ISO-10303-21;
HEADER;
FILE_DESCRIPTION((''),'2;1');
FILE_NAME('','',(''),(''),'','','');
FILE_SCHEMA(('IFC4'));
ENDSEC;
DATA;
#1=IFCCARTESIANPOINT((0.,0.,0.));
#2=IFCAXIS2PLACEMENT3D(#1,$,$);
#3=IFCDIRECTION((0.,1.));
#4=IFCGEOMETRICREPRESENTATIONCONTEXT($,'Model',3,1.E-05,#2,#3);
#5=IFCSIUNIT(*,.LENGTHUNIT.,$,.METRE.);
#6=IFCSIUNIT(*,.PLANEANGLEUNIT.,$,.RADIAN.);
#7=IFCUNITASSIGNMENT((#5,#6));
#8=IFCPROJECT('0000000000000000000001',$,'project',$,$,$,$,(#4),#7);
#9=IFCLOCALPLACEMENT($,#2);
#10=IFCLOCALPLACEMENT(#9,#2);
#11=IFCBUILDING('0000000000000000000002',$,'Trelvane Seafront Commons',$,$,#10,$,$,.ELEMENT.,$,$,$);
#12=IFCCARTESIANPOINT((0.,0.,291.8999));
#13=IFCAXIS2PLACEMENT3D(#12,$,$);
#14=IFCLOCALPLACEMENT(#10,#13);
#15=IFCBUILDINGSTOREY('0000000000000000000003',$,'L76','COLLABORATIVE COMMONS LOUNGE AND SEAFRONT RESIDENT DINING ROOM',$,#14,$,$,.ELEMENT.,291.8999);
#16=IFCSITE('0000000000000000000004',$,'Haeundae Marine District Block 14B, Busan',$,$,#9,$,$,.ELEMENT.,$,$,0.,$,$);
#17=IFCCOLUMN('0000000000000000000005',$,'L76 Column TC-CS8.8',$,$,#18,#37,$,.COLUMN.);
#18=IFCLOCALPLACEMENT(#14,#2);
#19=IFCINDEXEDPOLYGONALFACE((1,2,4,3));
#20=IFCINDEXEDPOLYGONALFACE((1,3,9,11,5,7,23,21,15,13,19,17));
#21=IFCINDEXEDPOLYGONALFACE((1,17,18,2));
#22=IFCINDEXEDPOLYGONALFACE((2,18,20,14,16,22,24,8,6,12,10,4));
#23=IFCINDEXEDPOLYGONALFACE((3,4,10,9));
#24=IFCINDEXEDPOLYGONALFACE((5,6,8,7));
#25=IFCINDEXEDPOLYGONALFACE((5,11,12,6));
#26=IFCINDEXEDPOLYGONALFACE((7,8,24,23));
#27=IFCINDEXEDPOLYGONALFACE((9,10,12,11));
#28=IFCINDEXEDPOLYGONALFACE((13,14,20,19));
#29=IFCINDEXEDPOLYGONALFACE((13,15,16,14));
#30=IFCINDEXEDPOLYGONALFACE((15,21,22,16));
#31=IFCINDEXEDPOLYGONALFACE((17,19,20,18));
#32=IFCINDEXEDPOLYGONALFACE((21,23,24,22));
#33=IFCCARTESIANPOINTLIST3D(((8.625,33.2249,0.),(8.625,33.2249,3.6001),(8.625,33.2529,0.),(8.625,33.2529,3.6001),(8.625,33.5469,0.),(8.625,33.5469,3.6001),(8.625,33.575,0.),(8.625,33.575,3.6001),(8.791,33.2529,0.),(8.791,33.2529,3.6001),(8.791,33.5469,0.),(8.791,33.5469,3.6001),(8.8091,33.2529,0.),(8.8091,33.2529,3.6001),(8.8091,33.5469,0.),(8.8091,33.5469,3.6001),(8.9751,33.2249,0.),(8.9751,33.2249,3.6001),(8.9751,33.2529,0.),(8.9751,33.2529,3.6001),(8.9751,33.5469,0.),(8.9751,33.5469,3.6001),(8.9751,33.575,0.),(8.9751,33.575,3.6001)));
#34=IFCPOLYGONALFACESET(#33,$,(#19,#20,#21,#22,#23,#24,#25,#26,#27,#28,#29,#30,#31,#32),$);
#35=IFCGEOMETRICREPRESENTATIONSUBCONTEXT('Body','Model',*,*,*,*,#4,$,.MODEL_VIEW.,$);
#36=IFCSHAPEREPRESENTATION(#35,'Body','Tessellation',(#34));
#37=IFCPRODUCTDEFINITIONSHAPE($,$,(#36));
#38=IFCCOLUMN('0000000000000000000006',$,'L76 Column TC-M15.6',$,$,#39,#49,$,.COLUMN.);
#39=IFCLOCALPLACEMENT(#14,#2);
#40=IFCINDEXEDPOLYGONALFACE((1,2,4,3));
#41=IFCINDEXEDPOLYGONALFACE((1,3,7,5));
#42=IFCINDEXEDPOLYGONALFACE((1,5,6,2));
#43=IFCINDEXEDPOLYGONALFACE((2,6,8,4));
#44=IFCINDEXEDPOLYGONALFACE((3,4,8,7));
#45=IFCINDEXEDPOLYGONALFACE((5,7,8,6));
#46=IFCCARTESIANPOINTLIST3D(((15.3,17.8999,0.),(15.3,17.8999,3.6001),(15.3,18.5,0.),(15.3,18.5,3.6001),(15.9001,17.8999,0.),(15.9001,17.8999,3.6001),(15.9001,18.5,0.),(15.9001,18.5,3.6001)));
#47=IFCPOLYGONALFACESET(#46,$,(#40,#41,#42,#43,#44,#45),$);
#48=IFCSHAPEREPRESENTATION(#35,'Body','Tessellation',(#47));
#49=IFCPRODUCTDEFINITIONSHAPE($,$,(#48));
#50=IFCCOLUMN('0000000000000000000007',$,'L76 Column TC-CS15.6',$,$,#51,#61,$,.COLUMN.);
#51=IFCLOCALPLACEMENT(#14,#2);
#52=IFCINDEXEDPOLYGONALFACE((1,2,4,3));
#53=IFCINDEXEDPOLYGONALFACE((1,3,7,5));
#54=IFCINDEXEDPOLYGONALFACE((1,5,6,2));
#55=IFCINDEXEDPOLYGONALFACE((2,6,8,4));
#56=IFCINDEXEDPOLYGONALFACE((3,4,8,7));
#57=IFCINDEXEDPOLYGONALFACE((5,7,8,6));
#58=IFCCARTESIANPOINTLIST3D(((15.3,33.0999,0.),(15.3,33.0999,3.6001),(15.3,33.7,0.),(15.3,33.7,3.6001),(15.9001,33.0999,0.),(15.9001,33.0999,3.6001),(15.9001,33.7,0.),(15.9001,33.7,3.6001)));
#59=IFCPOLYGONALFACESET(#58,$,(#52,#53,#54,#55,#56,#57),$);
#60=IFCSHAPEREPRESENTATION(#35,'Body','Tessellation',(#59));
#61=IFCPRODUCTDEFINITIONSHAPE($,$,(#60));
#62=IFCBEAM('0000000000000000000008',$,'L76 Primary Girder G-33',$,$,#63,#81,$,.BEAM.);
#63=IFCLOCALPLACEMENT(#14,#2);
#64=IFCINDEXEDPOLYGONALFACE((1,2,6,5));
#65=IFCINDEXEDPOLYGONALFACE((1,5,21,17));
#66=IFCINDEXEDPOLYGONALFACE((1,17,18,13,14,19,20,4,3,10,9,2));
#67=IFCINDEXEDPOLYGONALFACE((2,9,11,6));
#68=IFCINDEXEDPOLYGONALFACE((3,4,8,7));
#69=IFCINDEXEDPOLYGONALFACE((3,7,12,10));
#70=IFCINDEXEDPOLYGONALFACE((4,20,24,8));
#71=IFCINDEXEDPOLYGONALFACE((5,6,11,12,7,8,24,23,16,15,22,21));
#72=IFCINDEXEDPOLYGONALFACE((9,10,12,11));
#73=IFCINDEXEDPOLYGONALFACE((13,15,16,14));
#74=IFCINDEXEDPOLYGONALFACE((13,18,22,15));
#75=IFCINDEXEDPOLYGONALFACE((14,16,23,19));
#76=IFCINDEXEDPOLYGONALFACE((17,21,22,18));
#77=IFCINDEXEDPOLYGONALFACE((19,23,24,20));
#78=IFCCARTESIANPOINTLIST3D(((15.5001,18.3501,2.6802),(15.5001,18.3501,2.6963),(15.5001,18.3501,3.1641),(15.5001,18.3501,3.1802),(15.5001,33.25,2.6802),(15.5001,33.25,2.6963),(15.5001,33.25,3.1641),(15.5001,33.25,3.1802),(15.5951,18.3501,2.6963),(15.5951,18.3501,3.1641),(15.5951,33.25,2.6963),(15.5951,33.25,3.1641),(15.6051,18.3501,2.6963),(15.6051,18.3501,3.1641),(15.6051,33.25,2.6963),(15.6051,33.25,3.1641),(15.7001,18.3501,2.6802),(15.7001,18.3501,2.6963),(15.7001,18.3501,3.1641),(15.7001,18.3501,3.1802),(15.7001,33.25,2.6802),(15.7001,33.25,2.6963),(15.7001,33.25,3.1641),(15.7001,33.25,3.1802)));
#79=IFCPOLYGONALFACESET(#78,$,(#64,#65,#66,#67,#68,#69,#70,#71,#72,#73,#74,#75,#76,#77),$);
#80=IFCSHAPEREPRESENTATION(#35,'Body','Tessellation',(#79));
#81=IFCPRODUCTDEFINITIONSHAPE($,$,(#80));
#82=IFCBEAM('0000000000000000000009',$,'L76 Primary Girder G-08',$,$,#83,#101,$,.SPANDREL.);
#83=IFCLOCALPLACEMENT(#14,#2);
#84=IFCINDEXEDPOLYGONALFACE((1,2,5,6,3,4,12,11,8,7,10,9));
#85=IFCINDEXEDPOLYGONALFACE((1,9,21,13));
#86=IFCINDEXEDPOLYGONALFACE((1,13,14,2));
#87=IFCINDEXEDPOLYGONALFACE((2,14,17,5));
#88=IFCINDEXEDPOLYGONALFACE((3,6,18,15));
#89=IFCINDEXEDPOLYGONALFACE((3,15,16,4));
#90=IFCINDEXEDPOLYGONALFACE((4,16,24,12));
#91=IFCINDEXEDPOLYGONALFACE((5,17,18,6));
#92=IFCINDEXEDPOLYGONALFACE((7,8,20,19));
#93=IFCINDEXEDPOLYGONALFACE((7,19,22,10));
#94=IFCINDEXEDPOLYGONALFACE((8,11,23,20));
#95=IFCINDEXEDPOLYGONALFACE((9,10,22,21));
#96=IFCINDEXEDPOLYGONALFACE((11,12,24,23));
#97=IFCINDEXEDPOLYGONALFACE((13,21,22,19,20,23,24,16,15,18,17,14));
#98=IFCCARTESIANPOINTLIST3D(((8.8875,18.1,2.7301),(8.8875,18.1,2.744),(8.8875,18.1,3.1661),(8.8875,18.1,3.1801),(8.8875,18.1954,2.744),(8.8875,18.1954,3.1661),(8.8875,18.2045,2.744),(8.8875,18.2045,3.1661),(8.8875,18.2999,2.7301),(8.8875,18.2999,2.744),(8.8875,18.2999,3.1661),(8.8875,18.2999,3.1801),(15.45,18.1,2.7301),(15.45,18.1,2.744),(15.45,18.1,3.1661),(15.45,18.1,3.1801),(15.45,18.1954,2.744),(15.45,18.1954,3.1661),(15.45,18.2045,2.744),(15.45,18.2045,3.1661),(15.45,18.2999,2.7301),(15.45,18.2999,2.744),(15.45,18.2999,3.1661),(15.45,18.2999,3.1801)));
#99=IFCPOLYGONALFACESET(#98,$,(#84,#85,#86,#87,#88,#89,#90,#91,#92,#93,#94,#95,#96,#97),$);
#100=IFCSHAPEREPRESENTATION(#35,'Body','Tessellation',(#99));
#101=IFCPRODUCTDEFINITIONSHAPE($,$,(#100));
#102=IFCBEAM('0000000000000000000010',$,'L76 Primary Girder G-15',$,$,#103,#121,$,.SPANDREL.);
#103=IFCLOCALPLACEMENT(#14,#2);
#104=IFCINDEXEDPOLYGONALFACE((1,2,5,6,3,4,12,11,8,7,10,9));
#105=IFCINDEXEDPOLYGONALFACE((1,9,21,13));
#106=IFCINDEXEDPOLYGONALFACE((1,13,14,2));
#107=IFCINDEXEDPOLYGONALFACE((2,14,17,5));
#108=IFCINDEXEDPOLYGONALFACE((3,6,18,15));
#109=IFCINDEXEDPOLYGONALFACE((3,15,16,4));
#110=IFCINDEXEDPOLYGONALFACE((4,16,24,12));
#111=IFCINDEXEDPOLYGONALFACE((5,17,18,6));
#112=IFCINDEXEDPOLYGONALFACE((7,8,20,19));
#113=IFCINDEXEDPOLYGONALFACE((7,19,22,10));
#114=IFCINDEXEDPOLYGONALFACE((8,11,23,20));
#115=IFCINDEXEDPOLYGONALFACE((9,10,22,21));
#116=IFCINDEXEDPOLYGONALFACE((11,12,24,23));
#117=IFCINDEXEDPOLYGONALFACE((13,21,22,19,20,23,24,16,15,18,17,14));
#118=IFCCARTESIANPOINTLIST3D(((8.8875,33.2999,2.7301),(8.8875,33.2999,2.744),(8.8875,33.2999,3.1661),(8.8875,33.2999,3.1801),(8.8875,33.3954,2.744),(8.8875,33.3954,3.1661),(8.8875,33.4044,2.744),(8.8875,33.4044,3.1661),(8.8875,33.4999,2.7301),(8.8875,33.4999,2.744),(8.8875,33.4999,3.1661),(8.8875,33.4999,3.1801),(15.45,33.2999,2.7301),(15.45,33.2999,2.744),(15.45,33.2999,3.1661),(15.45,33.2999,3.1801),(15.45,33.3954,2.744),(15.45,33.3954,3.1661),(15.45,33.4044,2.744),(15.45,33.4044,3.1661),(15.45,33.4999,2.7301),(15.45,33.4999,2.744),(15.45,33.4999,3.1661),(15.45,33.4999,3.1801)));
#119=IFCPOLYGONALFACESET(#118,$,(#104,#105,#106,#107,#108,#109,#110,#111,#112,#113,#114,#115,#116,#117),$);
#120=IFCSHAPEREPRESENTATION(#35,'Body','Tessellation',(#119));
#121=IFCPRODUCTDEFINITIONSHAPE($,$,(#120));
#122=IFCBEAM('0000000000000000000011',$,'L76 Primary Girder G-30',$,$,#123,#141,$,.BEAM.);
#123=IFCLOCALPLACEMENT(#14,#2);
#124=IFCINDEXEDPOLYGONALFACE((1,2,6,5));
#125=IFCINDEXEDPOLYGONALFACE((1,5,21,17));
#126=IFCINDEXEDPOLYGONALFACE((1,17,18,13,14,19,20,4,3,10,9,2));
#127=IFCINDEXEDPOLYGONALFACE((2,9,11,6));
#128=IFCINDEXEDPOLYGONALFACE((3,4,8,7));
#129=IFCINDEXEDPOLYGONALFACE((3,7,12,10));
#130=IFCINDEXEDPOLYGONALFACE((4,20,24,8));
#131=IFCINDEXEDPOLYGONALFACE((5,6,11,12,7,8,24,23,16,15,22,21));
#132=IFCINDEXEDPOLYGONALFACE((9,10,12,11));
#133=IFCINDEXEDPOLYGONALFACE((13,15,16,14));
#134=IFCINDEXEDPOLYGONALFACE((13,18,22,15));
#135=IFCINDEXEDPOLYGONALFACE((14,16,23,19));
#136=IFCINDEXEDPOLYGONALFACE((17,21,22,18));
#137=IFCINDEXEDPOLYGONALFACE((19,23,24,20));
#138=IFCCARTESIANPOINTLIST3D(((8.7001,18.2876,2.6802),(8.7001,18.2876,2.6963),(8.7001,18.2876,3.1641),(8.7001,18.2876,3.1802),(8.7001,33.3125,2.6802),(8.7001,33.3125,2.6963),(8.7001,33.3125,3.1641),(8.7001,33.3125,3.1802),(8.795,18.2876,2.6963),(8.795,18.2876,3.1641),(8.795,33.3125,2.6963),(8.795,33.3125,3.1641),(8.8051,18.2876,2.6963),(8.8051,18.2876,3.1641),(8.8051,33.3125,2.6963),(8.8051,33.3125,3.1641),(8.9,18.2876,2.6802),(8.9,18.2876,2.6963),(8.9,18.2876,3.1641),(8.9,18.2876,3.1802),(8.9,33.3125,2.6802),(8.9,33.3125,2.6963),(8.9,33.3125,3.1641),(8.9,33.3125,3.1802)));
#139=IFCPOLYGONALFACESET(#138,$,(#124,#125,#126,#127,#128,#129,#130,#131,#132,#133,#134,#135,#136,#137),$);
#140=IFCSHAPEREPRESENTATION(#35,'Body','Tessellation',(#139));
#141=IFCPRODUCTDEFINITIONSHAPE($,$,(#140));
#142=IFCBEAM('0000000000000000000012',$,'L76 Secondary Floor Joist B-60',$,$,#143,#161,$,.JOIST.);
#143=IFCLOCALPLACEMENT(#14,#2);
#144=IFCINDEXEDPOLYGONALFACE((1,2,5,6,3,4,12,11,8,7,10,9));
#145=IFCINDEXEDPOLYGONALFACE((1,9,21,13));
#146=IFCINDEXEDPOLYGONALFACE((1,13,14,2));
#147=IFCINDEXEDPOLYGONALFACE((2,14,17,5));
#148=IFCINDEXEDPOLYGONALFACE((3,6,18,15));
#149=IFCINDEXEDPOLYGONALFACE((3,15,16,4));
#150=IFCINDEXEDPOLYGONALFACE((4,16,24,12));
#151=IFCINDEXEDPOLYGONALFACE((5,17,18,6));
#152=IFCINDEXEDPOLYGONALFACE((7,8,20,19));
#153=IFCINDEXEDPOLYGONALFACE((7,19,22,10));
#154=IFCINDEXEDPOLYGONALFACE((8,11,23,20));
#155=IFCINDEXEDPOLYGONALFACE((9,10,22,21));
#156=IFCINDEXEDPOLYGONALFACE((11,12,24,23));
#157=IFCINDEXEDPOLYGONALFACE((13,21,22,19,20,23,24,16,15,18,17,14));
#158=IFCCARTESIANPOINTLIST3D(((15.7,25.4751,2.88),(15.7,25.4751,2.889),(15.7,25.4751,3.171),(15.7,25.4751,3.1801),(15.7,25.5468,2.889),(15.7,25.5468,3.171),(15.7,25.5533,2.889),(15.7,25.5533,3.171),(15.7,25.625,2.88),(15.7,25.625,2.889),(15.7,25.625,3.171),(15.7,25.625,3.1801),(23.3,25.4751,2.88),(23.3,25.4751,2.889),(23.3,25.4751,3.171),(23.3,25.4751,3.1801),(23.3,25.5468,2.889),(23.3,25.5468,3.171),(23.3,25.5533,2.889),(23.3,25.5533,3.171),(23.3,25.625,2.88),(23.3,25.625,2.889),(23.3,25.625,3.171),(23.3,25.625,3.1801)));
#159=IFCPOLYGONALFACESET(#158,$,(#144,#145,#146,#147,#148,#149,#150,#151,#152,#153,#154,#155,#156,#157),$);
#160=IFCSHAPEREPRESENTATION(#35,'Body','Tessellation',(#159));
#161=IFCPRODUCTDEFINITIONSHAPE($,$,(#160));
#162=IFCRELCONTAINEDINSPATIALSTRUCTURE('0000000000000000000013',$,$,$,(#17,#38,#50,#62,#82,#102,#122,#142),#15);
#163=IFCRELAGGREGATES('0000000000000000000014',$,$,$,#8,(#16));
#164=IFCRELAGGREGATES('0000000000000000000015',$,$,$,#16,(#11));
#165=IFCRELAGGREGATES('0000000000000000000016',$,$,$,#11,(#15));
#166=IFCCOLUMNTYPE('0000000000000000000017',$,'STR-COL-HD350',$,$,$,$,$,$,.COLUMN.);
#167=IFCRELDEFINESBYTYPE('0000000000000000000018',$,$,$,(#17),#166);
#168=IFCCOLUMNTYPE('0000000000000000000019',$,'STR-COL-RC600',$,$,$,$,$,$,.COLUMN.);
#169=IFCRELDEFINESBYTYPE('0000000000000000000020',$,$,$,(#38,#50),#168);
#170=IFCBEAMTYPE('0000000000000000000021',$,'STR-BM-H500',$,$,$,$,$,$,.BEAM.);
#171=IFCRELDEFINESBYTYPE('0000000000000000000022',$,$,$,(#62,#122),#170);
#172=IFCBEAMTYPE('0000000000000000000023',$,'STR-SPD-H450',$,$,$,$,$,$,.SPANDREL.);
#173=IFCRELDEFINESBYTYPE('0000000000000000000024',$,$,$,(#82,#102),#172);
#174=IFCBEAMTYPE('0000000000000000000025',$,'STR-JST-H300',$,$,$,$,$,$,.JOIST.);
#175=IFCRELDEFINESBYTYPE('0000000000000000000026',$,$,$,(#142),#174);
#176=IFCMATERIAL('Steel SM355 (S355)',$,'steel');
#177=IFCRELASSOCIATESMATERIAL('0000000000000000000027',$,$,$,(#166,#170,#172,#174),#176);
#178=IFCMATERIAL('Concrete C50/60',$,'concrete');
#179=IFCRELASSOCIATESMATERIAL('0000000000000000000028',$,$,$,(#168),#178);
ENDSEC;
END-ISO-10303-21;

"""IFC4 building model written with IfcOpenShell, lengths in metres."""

from ifc_helpers import new_model, si_unit, direction, frame, origin, origin_2d, place, context, subcontext, project, spatial, rectangle, i_section, extrude, source, transform, mapped, material, material_profile, profile_set, type_object, element, save


model = new_model("IFC4")

# Units and contexts
model_context = context("Model", 3, precision=1e-05, world=origin(), true_north=direction((0.0, 1.0)))
body_context = subcontext(model_context, "Body", "Model", "MODEL_VIEW")
ifc_project = project(units=[si_unit("LENGTHUNIT", "METRE"), si_unit("PLANEANGLEUNIT", "RADIAN")], contexts=[model_context])

# Site, building, storey
site_placement = place(None, origin())
site = spatial("IfcSite", under=ifc_project, at=site_placement, Name="Haeundae Marine District Block 14B, Busan", CompositionType="ELEMENT", RefElevation=0.0)
building_placement = place(site_placement, origin())
building = spatial("IfcBuilding", under=site, at=building_placement, Name="Trelvane Seafront Commons", CompositionType="ELEMENT")
storey_placement = place(building_placement, frame((0.0, 0.0, 291.8999)))
storey = spatial("IfcBuildingStorey", under=building, at=storey_placement, Name="L76", Description="COLLABORATIVE COMMONS LOUNGE AND SEAFRONT RESIDENT DINING ROOM", CompositionType="ELEMENT", Elevation=291.8999)

# Columns
ifc_material_1 = material(Name="Steel SM355 (S355)", Category="steel")
ifc_material_profile_1 = material_profile(ifc_material_1, i_section(OverallWidth=0.3501, OverallDepth=0.3501, WebThickness=0.0181, FlangeThickness=0.0281, at=origin_2d()), Name="HD-350x350x18x28")
ifc_profile_set_1 = profile_set([ifc_material_profile_1], Name="Steel SM355 (S355)")
column_type_1 = type_object("IfcColumnType", Name="STR-COL-HD350", PredefinedType="COLUMN", material=ifc_profile_set_1)
shared_shape_1 = source(origin(), body_context, "Body", "SweptSolid", [
    extrude(i_section(OverallWidth=0.3501, OverallDepth=0.3501, WebThickness=0.0181, FlangeThickness=0.0281, at=origin_2d()), origin(), (0.0, 0.0, 1.0), 3.6001),
])
column_placement = place(storey_placement, frame((8.8, 33.3999, 0.0), z_axis=(0.0, 0.0, 1.0), x_axis=(1.0, 0.0, 0.0)))
element("IfcColumn", 1, at=column_placement, inside=storey, type_object=column_type_1, Name="L76 Column TC-CS8.8", PredefinedType="COLUMN", context=body_context, shape_type="MappedRepresentation", body=[
    mapped(shared_shape_1, transform((0.0, 0.0, 0.0), x_axis=(1.0, 0.0, 0.0), y_axis=(0.0, 1.0, 0.0), z_axis=(0.0, 0.0, 1.0), scale=1.0)),
])
ifc_material_2 = material(Name="Concrete C50/60", Category="concrete")
ifc_material_profile_2 = material_profile(ifc_material_2, rectangle(XDim=0.6001, YDim=0.6001, at=origin_2d()), Name="RC-600x600")
ifc_profile_set_2 = profile_set([ifc_material_profile_2], Name="Concrete C50/60")
column_type_2 = type_object("IfcColumnType", Name="STR-COL-RC600", PredefinedType="COLUMN", material=ifc_profile_set_2)
shared_shape_2 = source(origin(), body_context, "Body", "SweptSolid", [
    extrude(rectangle(XDim=0.6001, YDim=0.6001, at=origin_2d()), origin(), (0.0, 0.0, 1.0), 3.6001),
])
for number, where, z_axis, x_axis, name in (
    (2, (15.6001, 18.2, 0.0), (0.0, 0.0, 1.0), (1.0, 0.0, 0.0), "L76 Column TC-M15.6"),
    (3, (15.6001, 33.3999, 0.0), (0.0, 0.0, 1.0), (1.0, 0.0, 0.0), "L76 Column TC-CS15.6"),
):
    element("IfcColumn", number, at=place(storey_placement, frame(where, z_axis=z_axis, x_axis=x_axis)), inside=storey, type_object=column_type_2, Name=name, PredefinedType="COLUMN", context=body_context, shape_type="MappedRepresentation", body=[
        mapped(shared_shape_2, transform((0.0, 0.0, 0.0), x_axis=(1.0, 0.0, 0.0), y_axis=(0.0, 1.0, 0.0), z_axis=(0.0, 0.0, 1.0), scale=1.0)),
    ])

# Beams
ifc_material_profile_3 = material_profile(ifc_material_1, i_section(OverallWidth=0.2, OverallDepth=0.5, WebThickness=0.01, FlangeThickness=0.0161, at=origin_2d()), Name="H-500x200x10x16")
ifc_profile_set_3 = profile_set([ifc_material_profile_3], Name="Steel SM355 (S355)")
beam_type_1 = type_object("IfcBeamType", Name="STR-BM-H500", PredefinedType="BEAM", material=ifc_profile_set_3)
shared_shape_3 = source(origin(), body_context, "Body", "SweptSolid", [
    extrude(i_section(OverallWidth=0.2, OverallDepth=0.5, WebThickness=0.01, FlangeThickness=0.0161, at=origin_2d()), origin(), (0.0, 0.0, 1.0), 14.8999),
])
beam_1_placement = place(storey_placement, frame((15.6001, 18.3501, 2.9302), z_axis=(0.0, 1.0, 0.0), x_axis=(-1.0, 0.0, 0.0)))
element("IfcBeam", 4, at=beam_1_placement, inside=storey, type_object=beam_type_1, Name="L76 Primary Girder G-33", PredefinedType="BEAM", context=body_context, shape_type="MappedRepresentation", body=[
    mapped(shared_shape_3, transform((0.0, 0.0, 0.0), x_axis=(1.0, 0.0, 0.0), y_axis=(0.0, 1.0, 0.0), z_axis=(0.0, 0.0, 1.0), scale=1.0)),
])
ifc_material_profile_4 = material_profile(ifc_material_1, i_section(OverallWidth=0.2, OverallDepth=0.45, WebThickness=0.009, FlangeThickness=0.0139, at=origin_2d()), Name="H-450x200x9x14")
ifc_profile_set_4 = profile_set([ifc_material_profile_4], Name="Steel SM355 (S355)")
beam_type_2 = type_object("IfcBeamType", Name="STR-SPD-H450", PredefinedType="SPANDREL", material=ifc_profile_set_4)
shared_shape_4 = source(origin(), body_context, "Body", "SweptSolid", [
    extrude(i_section(OverallWidth=0.2, OverallDepth=0.45, WebThickness=0.009, FlangeThickness=0.0139, at=origin_2d()), origin(), (0.0, 0.0, 1.0), 6.5625),
])
for number, where, z_axis, x_axis, name in (
    (5, (8.8875, 18.2, 2.9551), (1.0, 0.0, 0.0), (0.0, 1.0, 0.0), "L76 Primary Girder G-08"),
    (6, (8.8875, 33.3999, 2.9551), (1.0, 0.0, 0.0), (0.0, 1.0, 0.0), "L76 Primary Girder G-15"),
):
    element("IfcBeam", number, at=place(storey_placement, frame(where, z_axis=z_axis, x_axis=x_axis)), inside=storey, type_object=beam_type_2, Name=name, PredefinedType="SPANDREL", context=body_context, shape_type="MappedRepresentation", body=[
        mapped(shared_shape_4, transform((0.0, 0.0, 0.0), x_axis=(1.0, 0.0, 0.0), y_axis=(0.0, 1.0, 0.0), z_axis=(0.0, 0.0, 1.0), scale=1.0)),
    ])
shared_shape_5 = source(origin(), body_context, "Body", "SweptSolid", [
    extrude(i_section(OverallWidth=0.2, OverallDepth=0.5, WebThickness=0.01, FlangeThickness=0.0161, at=origin_2d()), origin(), (0.0, 0.0, 1.0), 15.0249),
])
beam_2_placement = place(storey_placement, frame((8.8, 18.2876, 2.9302), z_axis=(0.0, 1.0, 0.0), x_axis=(-1.0, 0.0, 0.0)))
element("IfcBeam", 7, at=beam_2_placement, inside=storey, type_object=beam_type_1, Name="L76 Primary Girder G-30", PredefinedType="BEAM", context=body_context, shape_type="MappedRepresentation", body=[
    mapped(shared_shape_5, transform((0.0, 0.0, 0.0), x_axis=(1.0, 0.0, 0.0), y_axis=(0.0, 1.0, 0.0), z_axis=(0.0, 0.0, 1.0), scale=1.0)),
])
ifc_material_profile_5 = material_profile(ifc_material_1, i_section(OverallWidth=0.1499, OverallDepth=0.3, WebThickness=0.0066, FlangeThickness=0.009, at=origin_2d()), Name="H-300x150x6.5x9")
ifc_profile_set_5 = profile_set([ifc_material_profile_5], Name="Steel SM355 (S355)")
beam_type_3 = type_object("IfcBeamType", Name="STR-JST-H300", PredefinedType="JOIST", material=ifc_profile_set_5)
shared_shape_6 = source(origin(), body_context, "Body", "SweptSolid", [
    extrude(i_section(OverallWidth=0.1499, OverallDepth=0.3, WebThickness=0.0066, FlangeThickness=0.009, at=origin_2d()), origin(), (0.0, 0.0, 1.0), 7.6001),
])
beam_3_placement = place(storey_placement, frame((15.7, 25.55, 3.03), z_axis=(1.0, 0.0, 0.0), x_axis=(0.0, 1.0, 0.0)))
element("IfcBeam", 8, at=beam_3_placement, inside=storey, type_object=beam_type_3, Name="L76 Secondary Floor Joist B-60", PredefinedType="JOIST", context=body_context, shape_type="MappedRepresentation", body=[
    mapped(shared_shape_6, transform((0.0, 0.0, 0.0), x_axis=(1.0, 0.0, 0.0), y_axis=(0.0, 1.0, 0.0), z_axis=(0.0, 0.0, 1.0), scale=1.0)),
])

save(model, "model.ifc")
